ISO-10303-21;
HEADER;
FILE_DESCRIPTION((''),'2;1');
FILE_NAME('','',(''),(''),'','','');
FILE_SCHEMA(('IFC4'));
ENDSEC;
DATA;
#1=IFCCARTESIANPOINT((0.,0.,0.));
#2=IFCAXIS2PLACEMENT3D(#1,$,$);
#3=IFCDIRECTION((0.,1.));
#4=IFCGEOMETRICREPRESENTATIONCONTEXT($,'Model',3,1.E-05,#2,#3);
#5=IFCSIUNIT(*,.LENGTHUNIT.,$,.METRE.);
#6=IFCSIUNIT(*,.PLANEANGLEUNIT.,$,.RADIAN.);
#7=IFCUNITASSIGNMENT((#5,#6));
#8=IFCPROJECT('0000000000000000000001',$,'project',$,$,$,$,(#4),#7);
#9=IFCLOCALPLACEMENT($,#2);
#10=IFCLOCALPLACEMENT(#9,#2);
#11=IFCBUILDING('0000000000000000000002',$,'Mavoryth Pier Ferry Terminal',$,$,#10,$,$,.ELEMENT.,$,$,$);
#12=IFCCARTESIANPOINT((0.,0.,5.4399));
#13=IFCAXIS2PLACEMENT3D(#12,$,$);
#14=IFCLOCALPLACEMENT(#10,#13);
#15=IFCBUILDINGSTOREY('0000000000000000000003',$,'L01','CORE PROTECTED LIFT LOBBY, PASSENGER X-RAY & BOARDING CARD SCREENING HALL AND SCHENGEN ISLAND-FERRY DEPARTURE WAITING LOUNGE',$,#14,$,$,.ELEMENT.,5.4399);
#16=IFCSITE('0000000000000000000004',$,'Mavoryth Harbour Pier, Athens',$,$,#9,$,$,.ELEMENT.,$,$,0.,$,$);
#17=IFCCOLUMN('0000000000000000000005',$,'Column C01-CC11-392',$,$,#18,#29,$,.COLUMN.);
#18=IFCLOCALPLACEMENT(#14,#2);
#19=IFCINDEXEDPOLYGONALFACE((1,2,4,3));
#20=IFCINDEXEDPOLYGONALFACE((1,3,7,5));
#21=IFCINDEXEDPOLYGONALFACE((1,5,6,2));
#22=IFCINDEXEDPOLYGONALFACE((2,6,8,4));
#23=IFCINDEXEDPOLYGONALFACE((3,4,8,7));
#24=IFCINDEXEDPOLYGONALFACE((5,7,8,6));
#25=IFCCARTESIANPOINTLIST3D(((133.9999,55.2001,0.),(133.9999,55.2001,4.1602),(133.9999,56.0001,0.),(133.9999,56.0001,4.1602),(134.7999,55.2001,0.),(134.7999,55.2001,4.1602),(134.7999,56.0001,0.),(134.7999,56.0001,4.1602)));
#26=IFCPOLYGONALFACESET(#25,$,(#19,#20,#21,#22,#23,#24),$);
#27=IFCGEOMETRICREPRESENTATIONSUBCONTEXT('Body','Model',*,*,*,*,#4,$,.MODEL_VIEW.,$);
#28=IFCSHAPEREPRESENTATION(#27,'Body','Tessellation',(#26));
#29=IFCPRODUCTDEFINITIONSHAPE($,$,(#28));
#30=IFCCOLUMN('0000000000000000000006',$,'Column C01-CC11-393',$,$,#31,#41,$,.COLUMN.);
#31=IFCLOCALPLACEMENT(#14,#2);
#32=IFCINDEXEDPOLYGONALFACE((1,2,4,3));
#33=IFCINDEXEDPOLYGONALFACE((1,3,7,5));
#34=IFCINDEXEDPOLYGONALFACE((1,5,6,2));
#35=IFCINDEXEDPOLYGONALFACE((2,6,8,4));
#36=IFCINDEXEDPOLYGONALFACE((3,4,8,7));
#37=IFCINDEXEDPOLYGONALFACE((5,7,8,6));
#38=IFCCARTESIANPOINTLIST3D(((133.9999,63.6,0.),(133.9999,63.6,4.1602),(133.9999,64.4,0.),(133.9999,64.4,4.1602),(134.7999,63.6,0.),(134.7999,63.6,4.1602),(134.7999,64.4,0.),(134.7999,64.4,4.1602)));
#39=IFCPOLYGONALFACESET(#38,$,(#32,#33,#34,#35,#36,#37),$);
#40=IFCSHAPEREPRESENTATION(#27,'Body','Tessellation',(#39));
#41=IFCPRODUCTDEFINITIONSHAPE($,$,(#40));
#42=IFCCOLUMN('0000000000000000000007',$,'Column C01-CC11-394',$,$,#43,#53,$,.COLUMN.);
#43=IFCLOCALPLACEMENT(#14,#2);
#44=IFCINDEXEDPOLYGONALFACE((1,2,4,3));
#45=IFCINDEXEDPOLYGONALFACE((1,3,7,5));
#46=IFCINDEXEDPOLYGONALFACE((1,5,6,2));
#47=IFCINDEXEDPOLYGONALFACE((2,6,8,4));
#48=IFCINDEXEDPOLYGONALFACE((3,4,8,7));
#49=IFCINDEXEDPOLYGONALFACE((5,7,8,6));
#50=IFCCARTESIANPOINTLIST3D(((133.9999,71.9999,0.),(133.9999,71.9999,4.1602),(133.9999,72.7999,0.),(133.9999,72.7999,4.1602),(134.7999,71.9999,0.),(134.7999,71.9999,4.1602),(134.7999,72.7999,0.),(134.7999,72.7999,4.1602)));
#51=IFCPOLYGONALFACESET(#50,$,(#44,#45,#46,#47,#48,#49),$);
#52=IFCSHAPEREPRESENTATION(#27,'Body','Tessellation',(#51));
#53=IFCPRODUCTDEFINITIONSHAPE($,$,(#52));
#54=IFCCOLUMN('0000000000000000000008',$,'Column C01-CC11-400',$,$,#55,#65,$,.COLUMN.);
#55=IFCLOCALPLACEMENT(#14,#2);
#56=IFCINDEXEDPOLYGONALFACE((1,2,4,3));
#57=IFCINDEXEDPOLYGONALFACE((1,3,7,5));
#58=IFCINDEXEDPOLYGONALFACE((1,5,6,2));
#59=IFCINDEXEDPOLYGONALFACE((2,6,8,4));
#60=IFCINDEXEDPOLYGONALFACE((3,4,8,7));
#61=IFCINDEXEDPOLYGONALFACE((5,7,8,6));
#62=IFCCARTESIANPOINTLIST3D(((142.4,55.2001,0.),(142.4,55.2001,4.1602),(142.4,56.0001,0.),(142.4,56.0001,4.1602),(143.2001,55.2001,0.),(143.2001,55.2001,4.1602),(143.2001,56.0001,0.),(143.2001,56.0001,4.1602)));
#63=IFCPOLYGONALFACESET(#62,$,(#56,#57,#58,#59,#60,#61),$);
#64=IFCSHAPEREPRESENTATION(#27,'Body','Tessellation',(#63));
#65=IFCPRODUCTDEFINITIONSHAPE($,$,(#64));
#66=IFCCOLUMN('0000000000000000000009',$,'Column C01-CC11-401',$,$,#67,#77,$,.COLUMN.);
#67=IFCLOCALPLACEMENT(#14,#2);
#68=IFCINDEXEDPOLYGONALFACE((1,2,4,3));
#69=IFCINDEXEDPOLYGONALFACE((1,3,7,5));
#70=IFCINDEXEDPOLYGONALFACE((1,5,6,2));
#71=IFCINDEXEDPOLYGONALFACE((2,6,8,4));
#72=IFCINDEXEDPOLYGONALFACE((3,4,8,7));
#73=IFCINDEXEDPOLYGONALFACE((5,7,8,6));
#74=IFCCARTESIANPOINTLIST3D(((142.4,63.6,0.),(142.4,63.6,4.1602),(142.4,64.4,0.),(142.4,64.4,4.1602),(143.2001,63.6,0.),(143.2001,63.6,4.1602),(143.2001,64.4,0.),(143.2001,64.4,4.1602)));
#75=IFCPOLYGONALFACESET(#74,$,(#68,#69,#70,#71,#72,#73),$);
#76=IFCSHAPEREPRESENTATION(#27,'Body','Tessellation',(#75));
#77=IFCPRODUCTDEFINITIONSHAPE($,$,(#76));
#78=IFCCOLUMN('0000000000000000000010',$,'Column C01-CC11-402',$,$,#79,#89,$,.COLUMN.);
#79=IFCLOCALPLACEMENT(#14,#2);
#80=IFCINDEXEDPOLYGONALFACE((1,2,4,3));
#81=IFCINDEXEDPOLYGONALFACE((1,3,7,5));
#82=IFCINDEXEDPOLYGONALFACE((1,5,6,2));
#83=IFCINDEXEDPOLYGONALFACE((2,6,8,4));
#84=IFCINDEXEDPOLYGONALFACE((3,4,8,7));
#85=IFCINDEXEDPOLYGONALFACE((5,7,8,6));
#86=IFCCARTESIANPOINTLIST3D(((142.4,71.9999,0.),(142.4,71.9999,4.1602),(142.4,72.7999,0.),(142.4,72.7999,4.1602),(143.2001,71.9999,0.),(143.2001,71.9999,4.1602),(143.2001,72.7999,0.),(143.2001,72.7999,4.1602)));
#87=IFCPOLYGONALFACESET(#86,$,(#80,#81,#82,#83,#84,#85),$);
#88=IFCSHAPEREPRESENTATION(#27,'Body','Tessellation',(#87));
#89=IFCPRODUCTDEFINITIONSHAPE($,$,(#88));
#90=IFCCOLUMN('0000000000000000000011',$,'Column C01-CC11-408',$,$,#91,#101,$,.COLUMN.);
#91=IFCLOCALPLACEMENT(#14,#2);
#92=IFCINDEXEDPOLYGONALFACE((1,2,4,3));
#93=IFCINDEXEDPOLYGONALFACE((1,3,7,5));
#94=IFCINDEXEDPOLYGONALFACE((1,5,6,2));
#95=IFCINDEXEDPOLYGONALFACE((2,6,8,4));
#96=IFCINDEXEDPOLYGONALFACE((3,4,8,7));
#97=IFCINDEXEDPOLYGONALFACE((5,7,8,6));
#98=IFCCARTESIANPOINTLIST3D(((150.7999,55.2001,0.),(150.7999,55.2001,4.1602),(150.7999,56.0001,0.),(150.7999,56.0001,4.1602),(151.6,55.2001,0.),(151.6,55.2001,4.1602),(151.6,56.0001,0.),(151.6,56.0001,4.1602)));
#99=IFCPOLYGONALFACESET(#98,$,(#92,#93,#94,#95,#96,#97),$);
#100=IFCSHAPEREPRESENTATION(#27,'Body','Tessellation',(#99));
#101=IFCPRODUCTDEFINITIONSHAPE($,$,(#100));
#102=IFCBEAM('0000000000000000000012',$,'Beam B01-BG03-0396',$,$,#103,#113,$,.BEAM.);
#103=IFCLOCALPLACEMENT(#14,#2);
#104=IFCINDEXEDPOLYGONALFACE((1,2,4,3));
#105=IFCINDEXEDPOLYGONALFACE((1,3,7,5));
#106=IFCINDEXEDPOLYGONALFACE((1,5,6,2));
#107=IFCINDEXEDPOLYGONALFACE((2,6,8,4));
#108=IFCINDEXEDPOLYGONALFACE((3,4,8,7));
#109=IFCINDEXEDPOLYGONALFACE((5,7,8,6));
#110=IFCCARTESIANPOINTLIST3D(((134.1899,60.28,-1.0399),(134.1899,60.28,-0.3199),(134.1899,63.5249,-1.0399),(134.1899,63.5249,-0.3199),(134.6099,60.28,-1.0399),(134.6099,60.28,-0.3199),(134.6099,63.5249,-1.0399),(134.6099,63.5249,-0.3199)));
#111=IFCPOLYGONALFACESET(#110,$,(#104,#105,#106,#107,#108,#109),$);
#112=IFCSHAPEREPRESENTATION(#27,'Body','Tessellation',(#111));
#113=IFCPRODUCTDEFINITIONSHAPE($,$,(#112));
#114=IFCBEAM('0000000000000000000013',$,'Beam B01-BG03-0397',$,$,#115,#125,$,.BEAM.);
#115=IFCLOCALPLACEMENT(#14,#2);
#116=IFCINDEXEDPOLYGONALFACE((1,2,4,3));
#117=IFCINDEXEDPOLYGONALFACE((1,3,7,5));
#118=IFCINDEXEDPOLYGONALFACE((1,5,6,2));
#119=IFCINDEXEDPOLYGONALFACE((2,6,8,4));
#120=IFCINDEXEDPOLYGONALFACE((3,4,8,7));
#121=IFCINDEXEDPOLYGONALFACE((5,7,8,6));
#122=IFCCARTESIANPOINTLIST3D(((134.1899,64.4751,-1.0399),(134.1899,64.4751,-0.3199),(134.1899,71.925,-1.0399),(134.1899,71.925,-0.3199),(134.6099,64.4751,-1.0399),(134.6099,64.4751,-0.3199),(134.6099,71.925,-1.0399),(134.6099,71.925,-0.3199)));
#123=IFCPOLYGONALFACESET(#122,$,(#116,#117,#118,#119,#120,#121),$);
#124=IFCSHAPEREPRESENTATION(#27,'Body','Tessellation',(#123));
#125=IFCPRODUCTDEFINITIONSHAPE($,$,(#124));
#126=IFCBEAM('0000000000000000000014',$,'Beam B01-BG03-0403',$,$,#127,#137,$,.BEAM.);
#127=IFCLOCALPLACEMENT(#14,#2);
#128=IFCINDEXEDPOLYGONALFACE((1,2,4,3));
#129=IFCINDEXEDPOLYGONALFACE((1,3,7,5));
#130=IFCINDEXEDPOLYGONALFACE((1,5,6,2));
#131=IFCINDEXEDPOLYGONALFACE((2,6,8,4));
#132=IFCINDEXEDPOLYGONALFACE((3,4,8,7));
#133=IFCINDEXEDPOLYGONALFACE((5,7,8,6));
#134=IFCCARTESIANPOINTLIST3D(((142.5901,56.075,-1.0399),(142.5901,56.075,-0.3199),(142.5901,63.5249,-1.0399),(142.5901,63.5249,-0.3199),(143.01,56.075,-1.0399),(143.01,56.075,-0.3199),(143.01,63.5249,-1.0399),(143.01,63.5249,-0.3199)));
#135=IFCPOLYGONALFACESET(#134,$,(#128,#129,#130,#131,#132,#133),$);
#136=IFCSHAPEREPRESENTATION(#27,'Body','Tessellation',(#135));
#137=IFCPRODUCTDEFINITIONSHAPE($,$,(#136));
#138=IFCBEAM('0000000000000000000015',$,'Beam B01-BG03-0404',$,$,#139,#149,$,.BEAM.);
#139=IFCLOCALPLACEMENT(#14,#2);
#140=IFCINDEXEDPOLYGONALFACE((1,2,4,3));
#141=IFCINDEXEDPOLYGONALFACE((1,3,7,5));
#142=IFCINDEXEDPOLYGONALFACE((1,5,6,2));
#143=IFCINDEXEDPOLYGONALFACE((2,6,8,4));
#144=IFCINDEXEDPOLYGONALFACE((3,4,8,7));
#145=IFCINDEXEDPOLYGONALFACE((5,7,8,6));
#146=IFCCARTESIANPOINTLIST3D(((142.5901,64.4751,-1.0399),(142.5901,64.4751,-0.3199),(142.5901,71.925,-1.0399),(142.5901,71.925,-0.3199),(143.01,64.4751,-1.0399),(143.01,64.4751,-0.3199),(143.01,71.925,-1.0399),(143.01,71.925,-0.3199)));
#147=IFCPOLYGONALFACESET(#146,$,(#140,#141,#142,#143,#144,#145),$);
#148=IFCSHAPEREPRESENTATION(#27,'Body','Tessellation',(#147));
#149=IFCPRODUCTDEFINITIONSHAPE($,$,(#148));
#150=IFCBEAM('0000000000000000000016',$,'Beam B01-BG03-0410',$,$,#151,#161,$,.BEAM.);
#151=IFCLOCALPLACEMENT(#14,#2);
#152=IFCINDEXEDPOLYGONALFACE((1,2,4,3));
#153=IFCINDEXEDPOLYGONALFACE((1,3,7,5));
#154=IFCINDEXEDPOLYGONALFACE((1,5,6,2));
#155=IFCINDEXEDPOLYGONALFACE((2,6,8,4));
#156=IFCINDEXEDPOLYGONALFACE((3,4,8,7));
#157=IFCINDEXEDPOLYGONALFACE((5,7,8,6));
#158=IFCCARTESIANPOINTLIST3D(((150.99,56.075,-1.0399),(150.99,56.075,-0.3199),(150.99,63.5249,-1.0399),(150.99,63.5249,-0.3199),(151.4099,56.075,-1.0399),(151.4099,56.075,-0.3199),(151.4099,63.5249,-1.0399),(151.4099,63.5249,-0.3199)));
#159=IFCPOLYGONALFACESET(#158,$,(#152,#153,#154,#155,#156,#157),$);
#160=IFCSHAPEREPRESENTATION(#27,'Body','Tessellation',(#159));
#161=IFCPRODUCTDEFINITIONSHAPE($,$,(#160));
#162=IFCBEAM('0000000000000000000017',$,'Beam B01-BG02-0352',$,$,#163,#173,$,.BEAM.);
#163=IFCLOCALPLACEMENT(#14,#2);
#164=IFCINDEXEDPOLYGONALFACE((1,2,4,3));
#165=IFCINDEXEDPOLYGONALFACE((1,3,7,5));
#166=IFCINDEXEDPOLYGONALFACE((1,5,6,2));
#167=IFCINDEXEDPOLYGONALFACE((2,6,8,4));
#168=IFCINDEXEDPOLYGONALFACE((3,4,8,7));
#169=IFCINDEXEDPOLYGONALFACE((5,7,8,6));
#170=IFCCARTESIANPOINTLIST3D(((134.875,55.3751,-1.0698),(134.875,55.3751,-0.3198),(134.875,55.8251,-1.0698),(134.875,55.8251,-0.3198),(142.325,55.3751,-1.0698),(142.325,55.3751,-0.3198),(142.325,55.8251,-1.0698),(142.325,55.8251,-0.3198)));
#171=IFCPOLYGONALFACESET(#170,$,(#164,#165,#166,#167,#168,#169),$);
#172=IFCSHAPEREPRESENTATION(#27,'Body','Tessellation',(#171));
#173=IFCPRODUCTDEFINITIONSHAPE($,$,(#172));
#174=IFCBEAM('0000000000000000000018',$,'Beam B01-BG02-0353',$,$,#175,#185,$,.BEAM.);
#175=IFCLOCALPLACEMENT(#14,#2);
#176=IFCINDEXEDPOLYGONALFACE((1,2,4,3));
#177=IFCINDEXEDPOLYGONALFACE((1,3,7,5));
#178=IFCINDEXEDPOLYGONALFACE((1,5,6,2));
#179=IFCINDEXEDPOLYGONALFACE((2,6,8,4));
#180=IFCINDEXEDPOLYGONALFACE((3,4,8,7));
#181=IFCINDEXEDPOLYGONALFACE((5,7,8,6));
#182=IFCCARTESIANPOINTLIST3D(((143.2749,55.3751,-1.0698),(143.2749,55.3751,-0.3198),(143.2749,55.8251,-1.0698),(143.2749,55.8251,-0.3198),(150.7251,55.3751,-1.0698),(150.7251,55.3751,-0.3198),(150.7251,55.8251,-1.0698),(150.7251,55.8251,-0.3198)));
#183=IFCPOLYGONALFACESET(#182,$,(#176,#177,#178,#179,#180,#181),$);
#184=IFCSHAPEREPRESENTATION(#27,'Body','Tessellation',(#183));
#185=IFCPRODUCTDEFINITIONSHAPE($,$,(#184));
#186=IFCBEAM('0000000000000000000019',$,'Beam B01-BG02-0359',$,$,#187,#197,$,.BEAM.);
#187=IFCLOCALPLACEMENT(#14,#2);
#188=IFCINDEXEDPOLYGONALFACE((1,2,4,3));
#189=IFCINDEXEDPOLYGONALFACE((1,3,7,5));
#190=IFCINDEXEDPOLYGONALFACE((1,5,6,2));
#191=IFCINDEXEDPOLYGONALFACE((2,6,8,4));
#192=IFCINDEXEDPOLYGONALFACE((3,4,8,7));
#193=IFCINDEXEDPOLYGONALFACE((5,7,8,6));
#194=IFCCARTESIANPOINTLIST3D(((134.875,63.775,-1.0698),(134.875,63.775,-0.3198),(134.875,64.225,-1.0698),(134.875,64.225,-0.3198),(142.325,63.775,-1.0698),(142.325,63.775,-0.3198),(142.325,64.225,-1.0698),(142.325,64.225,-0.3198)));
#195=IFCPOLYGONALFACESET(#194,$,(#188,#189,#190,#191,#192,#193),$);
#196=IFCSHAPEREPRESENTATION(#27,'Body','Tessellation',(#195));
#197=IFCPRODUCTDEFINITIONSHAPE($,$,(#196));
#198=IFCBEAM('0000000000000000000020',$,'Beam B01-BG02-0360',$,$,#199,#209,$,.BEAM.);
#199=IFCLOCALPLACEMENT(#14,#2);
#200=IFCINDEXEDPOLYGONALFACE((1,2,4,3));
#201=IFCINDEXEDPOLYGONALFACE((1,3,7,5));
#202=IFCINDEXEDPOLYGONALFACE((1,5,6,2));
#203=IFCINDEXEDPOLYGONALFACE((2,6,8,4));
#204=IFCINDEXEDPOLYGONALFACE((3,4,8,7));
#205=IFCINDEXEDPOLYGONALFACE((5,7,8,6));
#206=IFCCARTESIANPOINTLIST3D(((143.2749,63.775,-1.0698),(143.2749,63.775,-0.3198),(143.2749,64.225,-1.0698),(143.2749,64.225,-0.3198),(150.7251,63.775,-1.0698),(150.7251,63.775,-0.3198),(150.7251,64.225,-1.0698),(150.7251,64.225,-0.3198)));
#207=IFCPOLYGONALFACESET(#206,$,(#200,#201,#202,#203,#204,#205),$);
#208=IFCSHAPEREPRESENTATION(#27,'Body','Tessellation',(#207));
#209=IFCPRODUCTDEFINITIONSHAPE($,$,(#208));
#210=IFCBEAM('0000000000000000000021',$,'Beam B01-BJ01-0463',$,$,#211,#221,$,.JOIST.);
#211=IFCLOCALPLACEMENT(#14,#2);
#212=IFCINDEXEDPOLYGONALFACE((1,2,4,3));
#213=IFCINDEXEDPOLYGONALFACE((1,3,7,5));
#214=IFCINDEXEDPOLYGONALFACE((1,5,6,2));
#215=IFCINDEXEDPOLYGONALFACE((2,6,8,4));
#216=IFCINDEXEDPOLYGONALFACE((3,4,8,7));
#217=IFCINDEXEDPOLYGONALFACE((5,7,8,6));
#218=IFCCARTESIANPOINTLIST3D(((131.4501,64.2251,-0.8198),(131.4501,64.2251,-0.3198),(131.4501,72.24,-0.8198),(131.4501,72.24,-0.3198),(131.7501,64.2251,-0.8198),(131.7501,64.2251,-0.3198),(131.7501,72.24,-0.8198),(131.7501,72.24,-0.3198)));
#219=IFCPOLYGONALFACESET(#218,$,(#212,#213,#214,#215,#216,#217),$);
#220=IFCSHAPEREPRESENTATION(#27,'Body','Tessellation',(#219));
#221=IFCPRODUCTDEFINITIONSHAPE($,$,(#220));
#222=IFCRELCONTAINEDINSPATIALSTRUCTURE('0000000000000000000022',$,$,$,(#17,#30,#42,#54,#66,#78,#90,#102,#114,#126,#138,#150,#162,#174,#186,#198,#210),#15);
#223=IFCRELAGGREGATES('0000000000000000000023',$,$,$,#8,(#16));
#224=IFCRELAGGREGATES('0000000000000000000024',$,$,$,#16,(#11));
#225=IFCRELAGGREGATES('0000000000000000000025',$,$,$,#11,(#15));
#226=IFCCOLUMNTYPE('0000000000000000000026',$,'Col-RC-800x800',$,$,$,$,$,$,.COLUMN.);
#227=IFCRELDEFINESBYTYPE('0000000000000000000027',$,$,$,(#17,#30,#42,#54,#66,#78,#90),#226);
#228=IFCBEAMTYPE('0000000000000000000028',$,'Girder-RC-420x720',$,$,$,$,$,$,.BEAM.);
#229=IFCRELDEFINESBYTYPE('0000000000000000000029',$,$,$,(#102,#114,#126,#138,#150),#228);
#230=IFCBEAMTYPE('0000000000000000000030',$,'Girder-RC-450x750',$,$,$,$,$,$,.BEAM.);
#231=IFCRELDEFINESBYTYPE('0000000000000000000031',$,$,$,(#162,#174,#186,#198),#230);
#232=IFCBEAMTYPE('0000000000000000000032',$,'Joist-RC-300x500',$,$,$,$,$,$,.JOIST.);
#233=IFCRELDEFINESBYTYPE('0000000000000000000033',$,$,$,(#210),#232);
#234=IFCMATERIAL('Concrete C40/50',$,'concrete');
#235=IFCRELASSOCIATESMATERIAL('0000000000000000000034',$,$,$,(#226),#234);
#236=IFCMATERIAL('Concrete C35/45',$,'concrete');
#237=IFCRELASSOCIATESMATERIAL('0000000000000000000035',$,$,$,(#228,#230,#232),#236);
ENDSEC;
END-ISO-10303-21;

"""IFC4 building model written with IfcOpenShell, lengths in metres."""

from ifc_helpers import new_model, si_unit, direction, frame, origin, origin_2d, place, context, subcontext, project, spatial, rectangle, extrude, material, material_profile, profile_set, type_object, element, save


model = new_model("IFC4")

# Units and contexts
model_context = context("Model", 3, precision=1e-05, world=origin(), true_north=direction((0.0, 1.0)))
body_context = subcontext(model_context, "Body", "Model", "MODEL_VIEW")
ifc_project = project(units=[si_unit("LENGTHUNIT", "METRE"), si_unit("PLANEANGLEUNIT", "RADIAN")], contexts=[model_context])

# Site, building, storey
site_placement = place(None, origin())
site = spatial("IfcSite", under=ifc_project, at=site_placement, Name="Mavoryth Harbour Pier, Athens", CompositionType="ELEMENT", RefElevation=0.0)
building_placement = place(site_placement, origin())
building = spatial("IfcBuilding", under=site, at=building_placement, Name="Mavoryth Pier Ferry Terminal", CompositionType="ELEMENT")
storey_placement = place(building_placement, frame((0.0, 0.0, 5.4399)))
storey = spatial("IfcBuildingStorey", under=building, at=storey_placement, Name="L01", Description="CORE PROTECTED LIFT LOBBY, PASSENGER X-RAY & BOARDING CARD SCREENING HALL AND SCHENGEN ISLAND-FERRY DEPARTURE WAITING LOUNGE", CompositionType="ELEMENT", Elevation=5.4399)

# Columns
ifc_material_1 = material(Name="Concrete C40/50", Category="concrete")
ifc_material_profile_1 = material_profile(ifc_material_1, rectangle(XDim=0.8, YDim=0.8, at=origin_2d()), Name="RC 800x800", Category="concrete")
ifc_profile_set_1 = profile_set([ifc_material_profile_1], Name="Concrete C40/50 - RC 800x800")
column_type = type_object("IfcColumnType", Name="Col-RC-800x800", PredefinedType="COLUMN", material=ifc_profile_set_1)
for number, where, z_axis, x_axis, name in (
    (1, (134.3999, 55.6001, 0.0), (0.0, 0.0, 1.0), (1.0, 0.0, 0.0), "Column C01-CC11-392"),
    (2, (134.3999, 64.0, 0.0), (0.0, 0.0, 1.0), (1.0, 0.0, 0.0), "Column C01-CC11-393"),
    (3, (134.3999, 72.3999, 0.0), (0.0, 0.0, 1.0), (1.0, 0.0, 0.0), "Column C01-CC11-394"),
    (4, (142.8, 55.6001, 0.0), (0.0, 0.0, 1.0), (1.0, 0.0, 0.0), "Column C01-CC11-400"),
    (5, (142.8, 64.0, 0.0), (0.0, 0.0, 1.0), (1.0, 0.0, 0.0), "Column C01-CC11-401"),
    (6, (142.8, 72.3999, 0.0), (0.0, 0.0, 1.0), (1.0, 0.0, 0.0), "Column C01-CC11-402"),
    (7, (151.2, 55.6001, 0.0), (0.0, 0.0, 1.0), (1.0, 0.0, 0.0), "Column C01-CC11-408"),
):
    element("IfcColumn", number, at=place(storey_placement, frame(where, z_axis=z_axis, x_axis=x_axis)), inside=storey, type_object=column_type, Name=name, PredefinedType="COLUMN", context=body_context, shape_type="SweptSolid", body=[
        extrude(rectangle(XDim=0.8, YDim=0.8, at=origin_2d()), origin(), (0.0, 0.0, 1.0), 4.1602),
    ])

# Beams
ifc_material_2 = material(Name="Concrete C35/45", Category="concrete")
ifc_material_profile_2 = material_profile(ifc_material_2, rectangle(XDim=0.4199, YDim=0.72, at=origin_2d()), Name="RC 420x720", Category="concrete")
ifc_profile_set_2 = profile_set([ifc_material_profile_2], Name="Concrete C35/45 - RC 420x720")
beam_type_1 = type_object("IfcBeamType", Name="Girder-RC-420x720", PredefinedType="BEAM", material=ifc_profile_set_2)
beam_1_placement = place(storey_placement, frame((134.3999, 60.28, -0.6799), z_axis=(0.0, 1.0, 0.0), x_axis=(-1.0, 0.0, 0.0)))
element("IfcBeam", 8, at=beam_1_placement, inside=storey, type_object=beam_type_1, Name="Beam B01-BG03-0396", PredefinedType="BEAM", context=body_context, shape_type="SweptSolid", body=[
    extrude(rectangle(XDim=0.4199, YDim=0.72, at=origin_2d()), origin(), (0.0, 0.0, 1.0), 3.2449),
])
for number, where, z_axis, x_axis, name in (
    (9, (134.3999, 64.4751, -0.6799), (0.0, 1.0, 0.0), (-1.0, 0.0, 0.0), "Beam B01-BG03-0397"),
    (10, (142.8, 56.075, -0.6799), (0.0, 1.0, 0.0), (-1.0, 0.0, 0.0), "Beam B01-BG03-0403"),
    (11, (142.8, 64.4751, -0.6799), (0.0, 1.0, 0.0), (-1.0, 0.0, 0.0), "Beam B01-BG03-0404"),
    (12, (151.2, 56.075, -0.6799), (0.0, 1.0, 0.0), (-1.0, 0.0, 0.0), "Beam B01-BG03-0410"),
):
    element("IfcBeam", number, at=place(storey_placement, frame(where, z_axis=z_axis, x_axis=x_axis)), inside=storey, type_object=beam_type_1, Name=name, PredefinedType="BEAM", context=body_context, shape_type="SweptSolid", body=[
        extrude(rectangle(XDim=0.4199, YDim=0.72, at=origin_2d()), origin(), (0.0, 0.0, 1.0), 7.45),
    ])
ifc_material_profile_3 = material_profile(ifc_material_2, rectangle(XDim=0.45, YDim=0.75, at=origin_2d()), Name="RC 450x750", Category="concrete")
ifc_profile_set_3 = profile_set([ifc_material_profile_3], Name="Concrete C35/45 - RC 450x750")
beam_type_2 = type_object("IfcBeamType", Name="Girder-RC-450x750", PredefinedType="BEAM", material=ifc_profile_set_3)
beam_2_placement = place(storey_placement, frame((134.875, 55.6001, -0.6948), z_axis=(1.0, 0.0, 0.0), x_axis=(0.0, 1.0, 0.0)))
element("IfcBeam", 13, at=beam_2_placement, inside=storey, type_object=beam_type_2, Name="Beam B01-BG02-0352", PredefinedType="BEAM", context=body_context, shape_type="SweptSolid", body=[
    extrude(rectangle(XDim=0.45, YDim=0.75, at=origin_2d()), origin(), (0.0, 0.0, 1.0), 7.45),
])
beam_3_placement = place(storey_placement, frame((143.2749, 55.6001, -0.6948), z_axis=(1.0, 0.0, 0.0), x_axis=(0.0, 1.0, 0.0)))
element("IfcBeam", 14, at=beam_3_placement, inside=storey, type_object=beam_type_2, Name="Beam B01-BG02-0353", PredefinedType="BEAM", context=body_context, shape_type="SweptSolid", body=[
    extrude(rectangle(XDim=0.45, YDim=0.75, at=origin_2d()), origin(), (0.0, 0.0, 1.0), 7.4502),
])
beam_4_placement = place(storey_placement, frame((134.875, 64.0, -0.6948), z_axis=(1.0, 0.0, 0.0), x_axis=(0.0, 1.0, 0.0)))
element("IfcBeam", 15, at=beam_4_placement, inside=storey, type_object=beam_type_2, Name="Beam B01-BG02-0359", PredefinedType="BEAM", context=body_context, shape_type="SweptSolid", body=[
    extrude(rectangle(XDim=0.45, YDim=0.75, at=origin_2d()), origin(), (0.0, 0.0, 1.0), 7.45),
])
beam_5_placement = place(storey_placement, frame((143.2749, 64.0, -0.6948), z_axis=(1.0, 0.0, 0.0), x_axis=(0.0, 1.0, 0.0)))
element("IfcBeam", 16, at=beam_5_placement, inside=storey, type_object=beam_type_2, Name="Beam B01-BG02-0360", PredefinedType="BEAM", context=body_context, shape_type="SweptSolid", body=[
    extrude(rectangle(XDim=0.45, YDim=0.75, at=origin_2d()), origin(), (0.0, 0.0, 1.0), 7.4502),
])
ifc_material_profile_4 = material_profile(ifc_material_2, rectangle(XDim=0.3, YDim=0.5, at=origin_2d()), Name="RC 300x500", Category="concrete")
ifc_profile_set_4 = profile_set([ifc_material_profile_4], Name="Concrete C35/45 - RC 300x500")
beam_type_3 = type_object("IfcBeamType", Name="Joist-RC-300x500", PredefinedType="JOIST", material=ifc_profile_set_4)
beam_6_placement = place(storey_placement, frame((131.6001, 64.2251, -0.5698), z_axis=(0.0, 1.0, 0.0), x_axis=(-1.0, 0.0, 0.0)))
element("IfcBeam", 17, at=beam_6_placement, inside=storey, type_object=beam_type_3, Name="Beam B01-BJ01-0463", PredefinedType="JOIST", context=body_context, shape_type="SweptSolid", body=[
    extrude(rectangle(XDim=0.3, YDim=0.5, at=origin_2d()), origin(), (0.0, 0.0, 1.0), 8.0149),
])

save(model, "model.ifc")
